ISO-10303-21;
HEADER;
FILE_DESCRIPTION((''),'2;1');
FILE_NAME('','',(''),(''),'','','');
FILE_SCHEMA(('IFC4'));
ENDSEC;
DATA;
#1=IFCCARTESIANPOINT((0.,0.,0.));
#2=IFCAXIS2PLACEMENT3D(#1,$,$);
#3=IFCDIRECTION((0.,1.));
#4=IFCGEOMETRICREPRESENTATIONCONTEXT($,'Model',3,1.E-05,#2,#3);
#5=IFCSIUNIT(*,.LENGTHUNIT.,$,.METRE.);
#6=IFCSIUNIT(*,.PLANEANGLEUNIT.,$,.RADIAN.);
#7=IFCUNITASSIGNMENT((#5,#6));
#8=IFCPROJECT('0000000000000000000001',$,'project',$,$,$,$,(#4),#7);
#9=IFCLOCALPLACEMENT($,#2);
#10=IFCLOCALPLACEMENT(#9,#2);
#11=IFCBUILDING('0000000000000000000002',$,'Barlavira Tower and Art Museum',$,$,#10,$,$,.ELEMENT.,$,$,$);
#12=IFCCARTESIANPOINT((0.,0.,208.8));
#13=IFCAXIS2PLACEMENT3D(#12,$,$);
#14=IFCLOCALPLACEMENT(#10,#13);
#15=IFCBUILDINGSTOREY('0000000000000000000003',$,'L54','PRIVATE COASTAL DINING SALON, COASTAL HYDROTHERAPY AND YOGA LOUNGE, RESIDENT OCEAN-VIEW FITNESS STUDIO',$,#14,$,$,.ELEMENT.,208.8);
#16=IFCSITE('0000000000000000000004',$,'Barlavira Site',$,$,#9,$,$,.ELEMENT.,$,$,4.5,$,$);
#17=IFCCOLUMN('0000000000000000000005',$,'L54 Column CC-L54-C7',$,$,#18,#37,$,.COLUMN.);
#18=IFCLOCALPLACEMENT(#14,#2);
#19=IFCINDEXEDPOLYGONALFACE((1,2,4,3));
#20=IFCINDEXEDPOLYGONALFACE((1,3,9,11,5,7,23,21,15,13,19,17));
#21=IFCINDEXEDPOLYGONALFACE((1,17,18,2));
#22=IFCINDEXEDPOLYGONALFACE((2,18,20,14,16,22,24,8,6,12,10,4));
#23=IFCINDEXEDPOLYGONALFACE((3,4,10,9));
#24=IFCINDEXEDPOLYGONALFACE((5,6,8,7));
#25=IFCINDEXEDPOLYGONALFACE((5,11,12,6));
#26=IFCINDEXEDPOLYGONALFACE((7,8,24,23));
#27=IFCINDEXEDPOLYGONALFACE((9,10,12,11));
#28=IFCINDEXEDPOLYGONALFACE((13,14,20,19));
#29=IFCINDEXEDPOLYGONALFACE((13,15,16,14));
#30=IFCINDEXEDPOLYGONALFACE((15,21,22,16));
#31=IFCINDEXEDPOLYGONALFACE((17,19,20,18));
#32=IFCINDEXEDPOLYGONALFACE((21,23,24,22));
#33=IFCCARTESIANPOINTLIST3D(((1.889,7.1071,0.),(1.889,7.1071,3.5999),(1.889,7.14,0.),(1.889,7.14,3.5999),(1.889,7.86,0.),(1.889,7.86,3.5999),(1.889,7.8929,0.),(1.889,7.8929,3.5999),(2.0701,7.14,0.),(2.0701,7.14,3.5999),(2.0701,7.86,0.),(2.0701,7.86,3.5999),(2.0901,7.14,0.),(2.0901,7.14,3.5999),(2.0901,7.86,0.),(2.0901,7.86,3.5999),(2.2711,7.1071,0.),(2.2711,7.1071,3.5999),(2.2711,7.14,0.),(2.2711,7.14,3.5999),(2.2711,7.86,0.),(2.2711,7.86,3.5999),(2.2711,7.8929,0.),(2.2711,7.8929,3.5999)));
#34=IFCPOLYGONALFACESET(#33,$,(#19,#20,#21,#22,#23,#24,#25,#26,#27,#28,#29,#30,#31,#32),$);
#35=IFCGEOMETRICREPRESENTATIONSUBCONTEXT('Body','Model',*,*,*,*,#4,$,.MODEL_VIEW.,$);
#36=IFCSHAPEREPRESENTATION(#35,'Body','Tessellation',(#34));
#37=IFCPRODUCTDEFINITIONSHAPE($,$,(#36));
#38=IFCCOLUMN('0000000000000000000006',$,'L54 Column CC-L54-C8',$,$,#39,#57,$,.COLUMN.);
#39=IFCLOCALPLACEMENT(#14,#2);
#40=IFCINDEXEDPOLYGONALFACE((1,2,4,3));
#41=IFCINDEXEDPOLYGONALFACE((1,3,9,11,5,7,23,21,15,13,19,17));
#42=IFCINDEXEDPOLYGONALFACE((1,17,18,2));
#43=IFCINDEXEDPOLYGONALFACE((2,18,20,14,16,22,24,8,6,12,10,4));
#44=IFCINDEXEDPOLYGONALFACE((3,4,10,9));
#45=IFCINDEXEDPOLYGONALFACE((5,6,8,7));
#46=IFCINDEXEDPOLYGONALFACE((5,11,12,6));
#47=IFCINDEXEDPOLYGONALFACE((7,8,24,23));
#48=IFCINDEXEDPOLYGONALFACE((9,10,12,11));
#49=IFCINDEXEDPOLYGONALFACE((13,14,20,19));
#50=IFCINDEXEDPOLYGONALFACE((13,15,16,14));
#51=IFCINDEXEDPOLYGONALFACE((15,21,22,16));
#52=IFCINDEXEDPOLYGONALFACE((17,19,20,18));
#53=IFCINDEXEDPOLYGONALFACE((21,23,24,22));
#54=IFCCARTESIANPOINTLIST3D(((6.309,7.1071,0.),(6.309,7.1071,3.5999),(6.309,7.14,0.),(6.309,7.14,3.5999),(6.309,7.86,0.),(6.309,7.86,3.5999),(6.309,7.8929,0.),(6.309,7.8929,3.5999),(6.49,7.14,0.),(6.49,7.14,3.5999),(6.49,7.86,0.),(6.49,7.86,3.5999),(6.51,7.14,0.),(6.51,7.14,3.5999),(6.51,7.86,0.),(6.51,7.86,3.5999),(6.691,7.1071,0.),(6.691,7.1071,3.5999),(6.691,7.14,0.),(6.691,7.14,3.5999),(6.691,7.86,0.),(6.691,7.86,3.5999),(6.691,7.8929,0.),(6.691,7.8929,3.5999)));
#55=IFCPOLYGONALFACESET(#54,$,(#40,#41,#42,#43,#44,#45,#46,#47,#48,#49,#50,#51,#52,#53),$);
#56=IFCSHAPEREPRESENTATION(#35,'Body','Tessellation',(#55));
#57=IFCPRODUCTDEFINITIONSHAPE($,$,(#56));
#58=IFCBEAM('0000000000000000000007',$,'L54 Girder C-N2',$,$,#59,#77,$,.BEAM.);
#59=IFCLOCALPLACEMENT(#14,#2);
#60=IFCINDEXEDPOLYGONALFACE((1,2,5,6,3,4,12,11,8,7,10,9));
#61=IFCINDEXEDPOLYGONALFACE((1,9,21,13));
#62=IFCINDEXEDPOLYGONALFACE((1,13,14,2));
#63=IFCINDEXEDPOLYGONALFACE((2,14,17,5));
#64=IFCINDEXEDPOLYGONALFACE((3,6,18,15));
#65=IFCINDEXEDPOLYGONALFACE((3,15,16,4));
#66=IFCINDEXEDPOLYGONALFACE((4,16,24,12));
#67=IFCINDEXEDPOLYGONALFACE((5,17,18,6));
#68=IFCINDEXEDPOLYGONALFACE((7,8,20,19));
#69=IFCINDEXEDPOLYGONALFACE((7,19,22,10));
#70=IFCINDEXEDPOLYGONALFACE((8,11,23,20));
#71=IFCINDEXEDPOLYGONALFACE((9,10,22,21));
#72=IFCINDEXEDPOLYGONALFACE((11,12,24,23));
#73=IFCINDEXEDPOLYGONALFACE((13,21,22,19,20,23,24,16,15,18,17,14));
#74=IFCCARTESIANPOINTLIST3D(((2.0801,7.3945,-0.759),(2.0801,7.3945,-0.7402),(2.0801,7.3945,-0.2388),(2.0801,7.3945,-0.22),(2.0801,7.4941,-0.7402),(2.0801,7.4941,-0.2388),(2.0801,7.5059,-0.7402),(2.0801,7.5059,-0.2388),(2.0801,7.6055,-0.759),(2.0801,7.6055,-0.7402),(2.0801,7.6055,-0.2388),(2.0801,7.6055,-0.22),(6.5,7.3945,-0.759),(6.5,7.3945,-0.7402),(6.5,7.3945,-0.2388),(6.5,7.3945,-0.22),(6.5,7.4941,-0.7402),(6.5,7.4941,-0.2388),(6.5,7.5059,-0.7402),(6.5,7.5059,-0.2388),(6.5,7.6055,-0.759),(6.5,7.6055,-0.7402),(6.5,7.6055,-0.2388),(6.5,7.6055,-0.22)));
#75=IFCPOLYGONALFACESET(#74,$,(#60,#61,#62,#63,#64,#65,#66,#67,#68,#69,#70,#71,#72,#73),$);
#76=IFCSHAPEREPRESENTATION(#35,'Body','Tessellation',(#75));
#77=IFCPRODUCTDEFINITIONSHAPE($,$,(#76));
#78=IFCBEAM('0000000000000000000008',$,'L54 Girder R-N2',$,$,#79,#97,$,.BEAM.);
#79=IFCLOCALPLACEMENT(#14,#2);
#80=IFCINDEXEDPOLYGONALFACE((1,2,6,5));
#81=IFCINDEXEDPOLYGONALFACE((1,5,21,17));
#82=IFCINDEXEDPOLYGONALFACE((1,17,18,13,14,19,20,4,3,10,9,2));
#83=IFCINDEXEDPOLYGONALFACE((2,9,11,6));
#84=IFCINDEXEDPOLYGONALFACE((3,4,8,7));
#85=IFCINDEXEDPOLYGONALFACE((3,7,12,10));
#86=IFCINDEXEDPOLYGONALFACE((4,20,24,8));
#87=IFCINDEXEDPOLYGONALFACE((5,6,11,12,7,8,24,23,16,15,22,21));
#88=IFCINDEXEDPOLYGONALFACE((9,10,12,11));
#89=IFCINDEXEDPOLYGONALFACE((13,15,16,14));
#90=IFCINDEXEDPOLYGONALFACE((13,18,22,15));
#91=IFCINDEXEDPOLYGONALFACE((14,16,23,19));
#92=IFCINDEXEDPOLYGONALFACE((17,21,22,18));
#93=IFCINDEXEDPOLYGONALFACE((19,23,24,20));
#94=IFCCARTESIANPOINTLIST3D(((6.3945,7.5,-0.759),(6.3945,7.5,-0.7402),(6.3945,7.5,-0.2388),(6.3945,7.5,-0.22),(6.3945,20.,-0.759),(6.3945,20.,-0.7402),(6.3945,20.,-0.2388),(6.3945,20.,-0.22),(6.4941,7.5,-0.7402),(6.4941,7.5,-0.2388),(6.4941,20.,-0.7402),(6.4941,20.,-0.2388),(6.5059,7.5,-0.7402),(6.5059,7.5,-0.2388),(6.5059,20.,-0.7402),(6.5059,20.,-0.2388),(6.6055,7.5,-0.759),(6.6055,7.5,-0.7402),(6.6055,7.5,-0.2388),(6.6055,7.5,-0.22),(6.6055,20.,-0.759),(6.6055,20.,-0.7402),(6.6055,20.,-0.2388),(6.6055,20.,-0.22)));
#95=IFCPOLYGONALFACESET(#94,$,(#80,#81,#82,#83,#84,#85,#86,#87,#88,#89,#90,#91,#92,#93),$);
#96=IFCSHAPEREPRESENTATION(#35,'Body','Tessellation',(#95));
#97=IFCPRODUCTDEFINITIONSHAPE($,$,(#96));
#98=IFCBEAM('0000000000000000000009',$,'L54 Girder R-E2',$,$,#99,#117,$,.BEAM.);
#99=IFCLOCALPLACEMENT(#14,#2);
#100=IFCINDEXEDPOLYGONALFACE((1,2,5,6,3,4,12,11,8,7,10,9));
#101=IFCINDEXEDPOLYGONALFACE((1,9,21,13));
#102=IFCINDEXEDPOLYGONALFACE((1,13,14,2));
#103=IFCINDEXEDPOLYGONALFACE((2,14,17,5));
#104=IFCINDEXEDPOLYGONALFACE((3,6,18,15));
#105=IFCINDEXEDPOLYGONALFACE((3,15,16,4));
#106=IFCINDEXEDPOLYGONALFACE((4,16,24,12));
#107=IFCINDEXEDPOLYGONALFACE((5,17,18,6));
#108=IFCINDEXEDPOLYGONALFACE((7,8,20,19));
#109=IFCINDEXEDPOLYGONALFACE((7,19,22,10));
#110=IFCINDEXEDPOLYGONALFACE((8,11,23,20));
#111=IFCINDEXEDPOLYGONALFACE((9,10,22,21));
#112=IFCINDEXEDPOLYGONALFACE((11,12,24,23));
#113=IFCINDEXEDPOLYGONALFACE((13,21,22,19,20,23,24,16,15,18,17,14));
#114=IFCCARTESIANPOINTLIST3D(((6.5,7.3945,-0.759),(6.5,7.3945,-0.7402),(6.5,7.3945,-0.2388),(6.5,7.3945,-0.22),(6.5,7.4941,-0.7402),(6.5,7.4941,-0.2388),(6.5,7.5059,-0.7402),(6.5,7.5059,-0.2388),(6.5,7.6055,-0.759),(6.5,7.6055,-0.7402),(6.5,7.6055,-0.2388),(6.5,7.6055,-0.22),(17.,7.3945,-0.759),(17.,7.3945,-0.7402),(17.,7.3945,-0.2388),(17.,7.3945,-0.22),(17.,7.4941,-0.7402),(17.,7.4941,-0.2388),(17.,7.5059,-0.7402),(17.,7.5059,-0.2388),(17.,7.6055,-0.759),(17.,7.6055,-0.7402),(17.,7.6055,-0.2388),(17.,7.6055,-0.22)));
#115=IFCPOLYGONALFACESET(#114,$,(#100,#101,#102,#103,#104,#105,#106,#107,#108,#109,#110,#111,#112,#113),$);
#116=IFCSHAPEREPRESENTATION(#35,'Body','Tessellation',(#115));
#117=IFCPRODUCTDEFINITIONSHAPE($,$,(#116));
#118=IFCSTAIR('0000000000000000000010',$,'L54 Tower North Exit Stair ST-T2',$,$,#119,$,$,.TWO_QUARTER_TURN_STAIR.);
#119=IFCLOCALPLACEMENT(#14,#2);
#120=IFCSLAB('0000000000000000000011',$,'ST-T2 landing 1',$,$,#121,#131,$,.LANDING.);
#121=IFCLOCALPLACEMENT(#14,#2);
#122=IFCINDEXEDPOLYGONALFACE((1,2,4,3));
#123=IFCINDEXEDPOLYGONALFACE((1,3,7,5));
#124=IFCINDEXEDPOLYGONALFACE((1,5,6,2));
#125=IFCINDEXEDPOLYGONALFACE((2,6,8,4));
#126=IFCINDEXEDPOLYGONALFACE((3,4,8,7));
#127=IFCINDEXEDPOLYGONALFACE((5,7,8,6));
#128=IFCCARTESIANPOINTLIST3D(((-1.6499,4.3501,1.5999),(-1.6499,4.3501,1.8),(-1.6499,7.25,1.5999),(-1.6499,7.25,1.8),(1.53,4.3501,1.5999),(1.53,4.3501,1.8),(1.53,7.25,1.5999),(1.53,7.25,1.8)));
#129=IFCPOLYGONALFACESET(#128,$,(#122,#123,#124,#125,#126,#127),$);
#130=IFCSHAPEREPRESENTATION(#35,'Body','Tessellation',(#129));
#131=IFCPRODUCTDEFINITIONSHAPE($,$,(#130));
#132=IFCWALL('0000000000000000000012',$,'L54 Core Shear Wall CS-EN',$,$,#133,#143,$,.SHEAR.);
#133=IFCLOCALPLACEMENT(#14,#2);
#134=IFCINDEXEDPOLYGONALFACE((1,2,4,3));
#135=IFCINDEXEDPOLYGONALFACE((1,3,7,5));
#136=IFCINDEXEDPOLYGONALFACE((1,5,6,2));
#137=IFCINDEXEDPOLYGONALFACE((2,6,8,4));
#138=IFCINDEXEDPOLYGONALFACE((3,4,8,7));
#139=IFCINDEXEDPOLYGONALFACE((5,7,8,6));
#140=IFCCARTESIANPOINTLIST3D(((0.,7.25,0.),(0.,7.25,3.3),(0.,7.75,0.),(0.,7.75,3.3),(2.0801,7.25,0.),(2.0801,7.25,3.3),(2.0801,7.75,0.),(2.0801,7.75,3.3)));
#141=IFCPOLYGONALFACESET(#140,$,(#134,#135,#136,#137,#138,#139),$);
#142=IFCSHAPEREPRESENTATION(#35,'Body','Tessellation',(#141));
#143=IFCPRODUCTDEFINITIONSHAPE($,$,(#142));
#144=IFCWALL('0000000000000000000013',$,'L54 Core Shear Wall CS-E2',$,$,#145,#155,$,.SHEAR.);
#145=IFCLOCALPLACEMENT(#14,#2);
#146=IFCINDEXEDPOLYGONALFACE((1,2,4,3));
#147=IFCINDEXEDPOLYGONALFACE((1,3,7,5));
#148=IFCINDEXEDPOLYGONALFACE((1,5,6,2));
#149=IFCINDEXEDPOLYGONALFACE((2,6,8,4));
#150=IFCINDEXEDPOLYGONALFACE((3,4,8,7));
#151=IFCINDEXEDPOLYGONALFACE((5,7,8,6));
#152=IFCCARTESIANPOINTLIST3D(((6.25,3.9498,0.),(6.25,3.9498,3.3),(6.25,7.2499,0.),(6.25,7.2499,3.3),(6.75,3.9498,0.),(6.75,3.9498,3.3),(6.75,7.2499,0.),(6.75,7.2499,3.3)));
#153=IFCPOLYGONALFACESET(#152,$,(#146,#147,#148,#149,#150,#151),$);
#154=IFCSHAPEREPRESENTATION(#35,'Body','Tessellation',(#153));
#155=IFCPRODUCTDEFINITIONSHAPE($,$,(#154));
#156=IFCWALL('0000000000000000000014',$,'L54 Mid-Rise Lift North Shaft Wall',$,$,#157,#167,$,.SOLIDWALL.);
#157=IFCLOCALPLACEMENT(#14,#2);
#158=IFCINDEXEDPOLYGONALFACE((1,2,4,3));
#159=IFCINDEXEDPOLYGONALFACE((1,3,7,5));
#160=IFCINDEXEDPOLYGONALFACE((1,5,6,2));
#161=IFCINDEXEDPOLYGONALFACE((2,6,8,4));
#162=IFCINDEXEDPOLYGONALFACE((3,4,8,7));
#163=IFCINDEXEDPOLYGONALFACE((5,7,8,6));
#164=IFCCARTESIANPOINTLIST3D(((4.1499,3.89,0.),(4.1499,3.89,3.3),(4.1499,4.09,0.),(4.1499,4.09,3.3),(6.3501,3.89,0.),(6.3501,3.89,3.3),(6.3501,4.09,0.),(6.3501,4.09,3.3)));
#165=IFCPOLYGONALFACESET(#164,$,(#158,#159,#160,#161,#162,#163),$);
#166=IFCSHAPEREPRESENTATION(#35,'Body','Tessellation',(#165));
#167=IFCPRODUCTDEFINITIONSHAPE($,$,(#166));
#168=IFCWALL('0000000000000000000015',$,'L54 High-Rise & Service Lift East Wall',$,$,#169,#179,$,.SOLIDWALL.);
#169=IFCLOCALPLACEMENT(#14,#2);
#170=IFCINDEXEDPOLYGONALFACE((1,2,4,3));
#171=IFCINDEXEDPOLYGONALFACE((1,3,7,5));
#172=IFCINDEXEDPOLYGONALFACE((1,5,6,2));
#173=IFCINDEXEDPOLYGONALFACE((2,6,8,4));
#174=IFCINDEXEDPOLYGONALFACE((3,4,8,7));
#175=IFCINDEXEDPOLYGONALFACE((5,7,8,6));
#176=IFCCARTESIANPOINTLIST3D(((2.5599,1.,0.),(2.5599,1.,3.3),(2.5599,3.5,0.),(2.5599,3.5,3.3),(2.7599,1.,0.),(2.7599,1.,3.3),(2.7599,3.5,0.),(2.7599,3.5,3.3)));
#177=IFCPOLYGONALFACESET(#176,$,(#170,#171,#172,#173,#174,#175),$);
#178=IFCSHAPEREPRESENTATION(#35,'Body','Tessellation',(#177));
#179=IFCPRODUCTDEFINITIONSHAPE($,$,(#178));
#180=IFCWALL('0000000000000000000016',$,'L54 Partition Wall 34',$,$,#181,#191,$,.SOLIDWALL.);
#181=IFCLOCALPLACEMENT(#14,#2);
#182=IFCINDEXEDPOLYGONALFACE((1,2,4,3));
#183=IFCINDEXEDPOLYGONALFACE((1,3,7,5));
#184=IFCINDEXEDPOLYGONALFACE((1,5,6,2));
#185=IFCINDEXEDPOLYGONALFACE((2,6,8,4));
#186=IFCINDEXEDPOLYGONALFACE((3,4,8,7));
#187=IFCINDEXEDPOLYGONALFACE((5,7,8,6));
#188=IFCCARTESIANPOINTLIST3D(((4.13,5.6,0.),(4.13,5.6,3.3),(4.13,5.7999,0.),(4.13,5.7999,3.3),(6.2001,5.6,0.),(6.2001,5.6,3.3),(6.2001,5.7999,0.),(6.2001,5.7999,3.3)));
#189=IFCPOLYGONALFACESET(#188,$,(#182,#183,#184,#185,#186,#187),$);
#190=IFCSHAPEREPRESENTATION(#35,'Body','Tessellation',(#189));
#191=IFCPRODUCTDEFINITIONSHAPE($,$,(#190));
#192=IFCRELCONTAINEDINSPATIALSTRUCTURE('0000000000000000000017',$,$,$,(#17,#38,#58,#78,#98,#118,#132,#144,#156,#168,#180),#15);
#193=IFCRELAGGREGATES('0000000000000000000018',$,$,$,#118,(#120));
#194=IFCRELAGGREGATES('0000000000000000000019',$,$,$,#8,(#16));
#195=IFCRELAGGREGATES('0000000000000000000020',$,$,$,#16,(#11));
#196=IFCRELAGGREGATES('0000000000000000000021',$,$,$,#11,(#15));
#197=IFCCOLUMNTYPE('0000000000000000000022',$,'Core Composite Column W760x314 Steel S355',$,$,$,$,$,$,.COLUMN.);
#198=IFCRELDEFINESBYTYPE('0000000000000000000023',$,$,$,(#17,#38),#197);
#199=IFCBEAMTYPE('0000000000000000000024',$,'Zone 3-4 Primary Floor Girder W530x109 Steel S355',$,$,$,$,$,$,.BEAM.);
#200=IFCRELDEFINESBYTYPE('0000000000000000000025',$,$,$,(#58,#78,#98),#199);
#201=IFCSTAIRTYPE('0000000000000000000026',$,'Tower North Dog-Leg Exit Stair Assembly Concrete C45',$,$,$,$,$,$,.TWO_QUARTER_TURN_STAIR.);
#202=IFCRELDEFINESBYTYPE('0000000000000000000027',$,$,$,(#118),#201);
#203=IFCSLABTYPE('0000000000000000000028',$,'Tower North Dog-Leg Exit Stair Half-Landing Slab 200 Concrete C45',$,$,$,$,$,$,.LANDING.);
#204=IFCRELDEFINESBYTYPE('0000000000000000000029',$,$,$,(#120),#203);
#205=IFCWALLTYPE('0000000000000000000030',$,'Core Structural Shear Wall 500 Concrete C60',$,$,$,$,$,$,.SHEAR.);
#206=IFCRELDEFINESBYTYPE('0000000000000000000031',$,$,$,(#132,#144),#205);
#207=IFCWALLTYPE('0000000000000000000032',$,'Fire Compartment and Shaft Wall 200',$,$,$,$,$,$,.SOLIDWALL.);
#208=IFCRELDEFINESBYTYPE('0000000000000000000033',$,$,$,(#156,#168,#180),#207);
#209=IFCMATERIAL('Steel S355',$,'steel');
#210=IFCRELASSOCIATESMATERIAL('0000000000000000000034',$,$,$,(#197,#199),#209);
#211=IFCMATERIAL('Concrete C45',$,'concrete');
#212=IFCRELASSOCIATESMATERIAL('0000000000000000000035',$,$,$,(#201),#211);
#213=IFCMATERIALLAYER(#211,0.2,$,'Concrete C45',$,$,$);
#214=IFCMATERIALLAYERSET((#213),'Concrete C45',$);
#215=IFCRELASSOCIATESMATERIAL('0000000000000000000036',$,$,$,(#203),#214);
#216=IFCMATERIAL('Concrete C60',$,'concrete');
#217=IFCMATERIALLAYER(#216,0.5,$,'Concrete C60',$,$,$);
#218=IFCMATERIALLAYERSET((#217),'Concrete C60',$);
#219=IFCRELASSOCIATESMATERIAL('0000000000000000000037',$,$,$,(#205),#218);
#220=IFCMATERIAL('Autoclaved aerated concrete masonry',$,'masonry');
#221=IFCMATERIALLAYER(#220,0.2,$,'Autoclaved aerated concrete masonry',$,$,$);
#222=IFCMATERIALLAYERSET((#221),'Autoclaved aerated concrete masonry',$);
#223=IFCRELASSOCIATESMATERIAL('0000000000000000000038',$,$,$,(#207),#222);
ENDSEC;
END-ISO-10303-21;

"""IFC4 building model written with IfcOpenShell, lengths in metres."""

from ifc_helpers import new_model, si_unit, direction, frame, frame_2d, origin, origin_2d, place, context, subcontext, project, spatial, polyline, rectangle, i_section, outline, extrude, material, layer, layer_set, material_profile, profile_set, type_object, element, aggregate, save


model = new_model("IFC4")

# Units and contexts
model_context = context("Model", 3, precision=1e-05, world=origin(), true_north=direction((0.0, 1.0)))
body_context = subcontext(model_context, "Body", "Model", "MODEL_VIEW")
ifc_project = project(units=[si_unit("LENGTHUNIT", "METRE"), si_unit("PLANEANGLEUNIT", "RADIAN")], contexts=[model_context])

# Site, building, storey
site_placement = place(None, origin())
site = spatial("IfcSite", under=ifc_project, at=site_placement, Name="Barlavira Site", CompositionType="ELEMENT", RefElevation=4.5)
building_placement = place(site_placement, origin())
building = spatial("IfcBuilding", under=site, at=building_placement, Name="Barlavira Tower and Art Museum", CompositionType="ELEMENT")
storey_placement = place(building_placement, frame((0.0, 0.0, 208.8)))
storey = spatial("IfcBuildingStorey", under=building, at=storey_placement, Name="L54", Description="PRIVATE COASTAL DINING SALON, COASTAL HYDROTHERAPY AND YOGA LOUNGE, RESIDENT OCEAN-VIEW FITNESS STUDIO", CompositionType="ELEMENT", Elevation=208.8)

# Columns
ifc_material_1 = material(Name="Steel S355", Category="steel")
ifc_material_profile_1 = material_profile(ifc_material_1, i_section(OverallWidth=0.3821, OverallDepth=0.7859, WebThickness=0.02, FlangeThickness=0.033, at=origin_2d()), Name="W760x314.0")
ifc_profile_set_1 = profile_set([ifc_material_profile_1], Name="Steel S355")
column_type = type_object("IfcColumnType", Name="Core Composite Column W760x314 Steel S355", PredefinedType="COLUMN", material=ifc_profile_set_1)
for number, where, z_axis, x_axis, name in (
    (1, (2.0801, 7.5, 0.0), (0.0, 0.0, 1.0), (1.0, 0.0, 0.0), "L54 Column CC-L54-C7"),
    (2, (6.5, 7.5, 0.0), (0.0, 0.0, 1.0), (1.0, 0.0, 0.0), "L54 Column CC-L54-C8"),
):
    element("IfcColumn", number, at=place(storey_placement, frame(where, z_axis=z_axis, x_axis=x_axis)), inside=storey, type_object=column_type, Name=name, PredefinedType="COLUMN", context=body_context, shape_type="SweptSolid", body=[
        extrude(i_section(OverallWidth=0.3821, OverallDepth=0.7859, WebThickness=0.02, FlangeThickness=0.033, at=origin_2d()), origin(), (0.0, 0.0, 1.0), 3.5999),
    ])

# Beams
ifc_material_profile_2 = material_profile(ifc_material_1, i_section(OverallWidth=0.2109, OverallDepth=0.5391, WebThickness=0.0117, FlangeThickness=0.0188, at=origin_2d()), Name="W530x109.0")
ifc_profile_set_2 = profile_set([ifc_material_profile_2], Name="Steel S355")
beam_type = type_object("IfcBeamType", Name="Zone 3-4 Primary Floor Girder W530x109 Steel S355", PredefinedType="BEAM", material=ifc_profile_set_2)
beam_1_placement = place(storey_placement, frame((2.0801, 7.5, -0.4895), z_axis=(1.0, 0.0, 0.0), x_axis=(0.0, 1.0, 0.0)))
element("IfcBeam", 3, at=beam_1_placement, inside=storey, type_object=beam_type, Name="L54 Girder C-N2", PredefinedType="BEAM", context=body_context, shape_type="SweptSolid", body=[
    extrude(i_section(OverallWidth=0.2109, OverallDepth=0.5391, WebThickness=0.0117, FlangeThickness=0.0188, at=origin_2d()), origin(), (0.0, 0.0, 1.0), 4.4199),
])
beam_2_placement = place(storey_placement, frame((6.5, 7.5, -0.4895), z_axis=(0.0, 1.0, 0.0), x_axis=(-1.0, 0.0, 0.0)))
element("IfcBeam", 4, at=beam_2_placement, inside=storey, type_object=beam_type, Name="L54 Girder R-N2", PredefinedType="BEAM", context=body_context, shape_type="SweptSolid", body=[
    extrude(i_section(OverallWidth=0.2109, OverallDepth=0.5391, WebThickness=0.0117, FlangeThickness=0.0188, at=origin_2d()), origin(), (0.0, 0.0, 1.0), 12.5),
])
beam_3_placement = place(storey_placement, frame((6.5, 7.5, -0.4895), z_axis=(1.0, 0.0, 0.0), x_axis=(0.0, 1.0, 0.0)))
element("IfcBeam", 5, at=beam_3_placement, inside=storey, type_object=beam_type, Name="L54 Girder R-E2", PredefinedType="BEAM", context=body_context, shape_type="SweptSolid", body=[
    extrude(i_section(OverallWidth=0.2109, OverallDepth=0.5391, WebThickness=0.0117, FlangeThickness=0.0188, at=origin_2d()), origin(), (0.0, 0.0, 1.0), 10.5),
])

# Stair, slab
ifc_material_2 = material(Name="Concrete C45", Category="concrete")
stair_type = type_object("IfcStairType", Name="Tower North Dog-Leg Exit Stair Assembly Concrete C45", PredefinedType="TWO_QUARTER_TURN_STAIR", material=ifc_material_2)
stair_placement = place(storey_placement, origin())
stair = element("IfcStair", 6, at=stair_placement, inside=storey, type_object=stair_type, Name="L54 Tower North Exit Stair ST-T2", PredefinedType="TWO_QUARTER_TURN_STAIR")
ifc_layer_1 = layer(ifc_material_2, 0.2, Name="Concrete C45")
ifc_layer_set_1 = layer_set([ifc_layer_1], Name="Concrete C45")
slab_type = type_object("IfcSlabType", Name="Tower North Dog-Leg Exit Stair Half-Landing Slab 200 Concrete C45", PredefinedType="LANDING", material=ifc_layer_set_1)
slab_placement = place(storey_placement, frame((0.0, 0.0, 1.5999)))
slab = element("IfcSlab", 7, at=slab_placement, type_object=slab_type, Name="ST-T2 landing 1", PredefinedType="LANDING", context=body_context, shape_type="SweptSolid", body=[
    extrude(outline(polyline([(-1.6499, 4.3501), (1.53, 4.3501), (1.53, 7.25), (-1.6499, 7.25), (-1.6499, 4.3501)])), origin(), (0.0, 0.0, 1.0), 0.2002),
])
aggregate(stair, [slab])

# Walls
ifc_material_3 = material(Name="Concrete C60", Category="concrete")
ifc_layer_2 = layer(ifc_material_3, 0.5, Name="Concrete C60")
ifc_layer_set_2 = layer_set([ifc_layer_2], Name="Concrete C60")
wall_type_1 = type_object("IfcWallType", Name="Core Structural Shear Wall 500 Concrete C60", PredefinedType="SHEAR", material=ifc_layer_set_2)
wall_1_placement = place(storey_placement, frame((0.0, 7.5, 0.0), z_axis=(0.0, 0.0, 1.0), x_axis=(1.0, 0.0, 0.0)))
element("IfcWall", 8, at=wall_1_placement, inside=storey, type_object=wall_type_1, Name="L54 Core Shear Wall CS-EN", PredefinedType="SHEAR", context=body_context, shape_type="SweptSolid", body=[
    extrude(rectangle(XDim=2.0801, YDim=0.5, at=frame_2d((1.04, 0.0))), origin(), (0.0, 0.0, 1.0), 3.3),
])
wall_2_placement = place(storey_placement, frame((6.5, 3.95, 0.0), z_axis=(0.0, 0.0, 1.0), x_axis=(0.0, 1.0, 0.0)))
element("IfcWall", 9, at=wall_2_placement, inside=storey, type_object=wall_type_1, Name="L54 Core Shear Wall CS-E2", PredefinedType="SHEAR", context=body_context, shape_type="SweptSolid", body=[
    extrude(rectangle(XDim=3.3, YDim=0.5, at=frame_2d((1.6499, 0.0))), origin(), (0.0, 0.0, 1.0), 3.3),
])
ifc_material_4 = material(Name="Autoclaved aerated concrete masonry", Category="masonry")
ifc_layer_3 = layer(ifc_material_4, 0.2, Name="Autoclaved aerated concrete masonry")
ifc_layer_set_3 = layer_set([ifc_layer_3], Name="Autoclaved aerated concrete masonry")
wall_type_2 = type_object("IfcWallType", Name="Fire Compartment and Shaft Wall 200", PredefinedType="SOLIDWALL", material=ifc_layer_set_3)
wall_3_placement = place(storey_placement, frame((4.1499, 3.99, 0.0), z_axis=(0.0, 0.0, 1.0), x_axis=(1.0, 0.0, 0.0)))
element("IfcWall", 10, at=wall_3_placement, inside=storey, type_object=wall_type_2, Name="L54 Mid-Rise Lift North Shaft Wall", PredefinedType="SOLIDWALL", context=body_context, shape_type="SweptSolid", body=[
    extrude(rectangle(XDim=2.2002, YDim=0.2, at=frame_2d((1.1001, 0.0))), origin(), (0.0, 0.0, 1.0), 3.3),
])
wall_4_placement = place(storey_placement, frame((2.6599, 1.0, 0.0), z_axis=(0.0, 0.0, 1.0), x_axis=(0.0, 1.0, 0.0)))
element("IfcWall", 11, at=wall_4_placement, inside=storey, type_object=wall_type_2, Name="L54 High-Rise & Service Lift East Wall", PredefinedType="SOLIDWALL", context=body_context, shape_type="SweptSolid", body=[
    extrude(rectangle(XDim=2.5, YDim=0.2, at=frame_2d((1.25, 0.0))), origin(), (0.0, 0.0, 1.0), 3.3),
])

# Wall
for number, where, z_axis, x_axis, name in (
    (12, (4.1299, 5.7, 0.0), (0.0, 0.0, 1.0), (1.0, 0.0, 0.0), "L54 Partition Wall 34"),
):
    element("IfcWall", number, at=place(storey_placement, frame(where, z_axis=z_axis, x_axis=x_axis)), inside=storey, type_object=wall_type_2, Name=name, PredefinedType="SOLIDWALL", context=body_context, shape_type="SweptSolid", body=[
        extrude(rectangle(XDim=2.0701, YDim=0.2, at=frame_2d((1.0352, 0.0))), origin(), (0.0, 0.0, 1.0), 3.3),
    ])

save(model, "model.ifc")
